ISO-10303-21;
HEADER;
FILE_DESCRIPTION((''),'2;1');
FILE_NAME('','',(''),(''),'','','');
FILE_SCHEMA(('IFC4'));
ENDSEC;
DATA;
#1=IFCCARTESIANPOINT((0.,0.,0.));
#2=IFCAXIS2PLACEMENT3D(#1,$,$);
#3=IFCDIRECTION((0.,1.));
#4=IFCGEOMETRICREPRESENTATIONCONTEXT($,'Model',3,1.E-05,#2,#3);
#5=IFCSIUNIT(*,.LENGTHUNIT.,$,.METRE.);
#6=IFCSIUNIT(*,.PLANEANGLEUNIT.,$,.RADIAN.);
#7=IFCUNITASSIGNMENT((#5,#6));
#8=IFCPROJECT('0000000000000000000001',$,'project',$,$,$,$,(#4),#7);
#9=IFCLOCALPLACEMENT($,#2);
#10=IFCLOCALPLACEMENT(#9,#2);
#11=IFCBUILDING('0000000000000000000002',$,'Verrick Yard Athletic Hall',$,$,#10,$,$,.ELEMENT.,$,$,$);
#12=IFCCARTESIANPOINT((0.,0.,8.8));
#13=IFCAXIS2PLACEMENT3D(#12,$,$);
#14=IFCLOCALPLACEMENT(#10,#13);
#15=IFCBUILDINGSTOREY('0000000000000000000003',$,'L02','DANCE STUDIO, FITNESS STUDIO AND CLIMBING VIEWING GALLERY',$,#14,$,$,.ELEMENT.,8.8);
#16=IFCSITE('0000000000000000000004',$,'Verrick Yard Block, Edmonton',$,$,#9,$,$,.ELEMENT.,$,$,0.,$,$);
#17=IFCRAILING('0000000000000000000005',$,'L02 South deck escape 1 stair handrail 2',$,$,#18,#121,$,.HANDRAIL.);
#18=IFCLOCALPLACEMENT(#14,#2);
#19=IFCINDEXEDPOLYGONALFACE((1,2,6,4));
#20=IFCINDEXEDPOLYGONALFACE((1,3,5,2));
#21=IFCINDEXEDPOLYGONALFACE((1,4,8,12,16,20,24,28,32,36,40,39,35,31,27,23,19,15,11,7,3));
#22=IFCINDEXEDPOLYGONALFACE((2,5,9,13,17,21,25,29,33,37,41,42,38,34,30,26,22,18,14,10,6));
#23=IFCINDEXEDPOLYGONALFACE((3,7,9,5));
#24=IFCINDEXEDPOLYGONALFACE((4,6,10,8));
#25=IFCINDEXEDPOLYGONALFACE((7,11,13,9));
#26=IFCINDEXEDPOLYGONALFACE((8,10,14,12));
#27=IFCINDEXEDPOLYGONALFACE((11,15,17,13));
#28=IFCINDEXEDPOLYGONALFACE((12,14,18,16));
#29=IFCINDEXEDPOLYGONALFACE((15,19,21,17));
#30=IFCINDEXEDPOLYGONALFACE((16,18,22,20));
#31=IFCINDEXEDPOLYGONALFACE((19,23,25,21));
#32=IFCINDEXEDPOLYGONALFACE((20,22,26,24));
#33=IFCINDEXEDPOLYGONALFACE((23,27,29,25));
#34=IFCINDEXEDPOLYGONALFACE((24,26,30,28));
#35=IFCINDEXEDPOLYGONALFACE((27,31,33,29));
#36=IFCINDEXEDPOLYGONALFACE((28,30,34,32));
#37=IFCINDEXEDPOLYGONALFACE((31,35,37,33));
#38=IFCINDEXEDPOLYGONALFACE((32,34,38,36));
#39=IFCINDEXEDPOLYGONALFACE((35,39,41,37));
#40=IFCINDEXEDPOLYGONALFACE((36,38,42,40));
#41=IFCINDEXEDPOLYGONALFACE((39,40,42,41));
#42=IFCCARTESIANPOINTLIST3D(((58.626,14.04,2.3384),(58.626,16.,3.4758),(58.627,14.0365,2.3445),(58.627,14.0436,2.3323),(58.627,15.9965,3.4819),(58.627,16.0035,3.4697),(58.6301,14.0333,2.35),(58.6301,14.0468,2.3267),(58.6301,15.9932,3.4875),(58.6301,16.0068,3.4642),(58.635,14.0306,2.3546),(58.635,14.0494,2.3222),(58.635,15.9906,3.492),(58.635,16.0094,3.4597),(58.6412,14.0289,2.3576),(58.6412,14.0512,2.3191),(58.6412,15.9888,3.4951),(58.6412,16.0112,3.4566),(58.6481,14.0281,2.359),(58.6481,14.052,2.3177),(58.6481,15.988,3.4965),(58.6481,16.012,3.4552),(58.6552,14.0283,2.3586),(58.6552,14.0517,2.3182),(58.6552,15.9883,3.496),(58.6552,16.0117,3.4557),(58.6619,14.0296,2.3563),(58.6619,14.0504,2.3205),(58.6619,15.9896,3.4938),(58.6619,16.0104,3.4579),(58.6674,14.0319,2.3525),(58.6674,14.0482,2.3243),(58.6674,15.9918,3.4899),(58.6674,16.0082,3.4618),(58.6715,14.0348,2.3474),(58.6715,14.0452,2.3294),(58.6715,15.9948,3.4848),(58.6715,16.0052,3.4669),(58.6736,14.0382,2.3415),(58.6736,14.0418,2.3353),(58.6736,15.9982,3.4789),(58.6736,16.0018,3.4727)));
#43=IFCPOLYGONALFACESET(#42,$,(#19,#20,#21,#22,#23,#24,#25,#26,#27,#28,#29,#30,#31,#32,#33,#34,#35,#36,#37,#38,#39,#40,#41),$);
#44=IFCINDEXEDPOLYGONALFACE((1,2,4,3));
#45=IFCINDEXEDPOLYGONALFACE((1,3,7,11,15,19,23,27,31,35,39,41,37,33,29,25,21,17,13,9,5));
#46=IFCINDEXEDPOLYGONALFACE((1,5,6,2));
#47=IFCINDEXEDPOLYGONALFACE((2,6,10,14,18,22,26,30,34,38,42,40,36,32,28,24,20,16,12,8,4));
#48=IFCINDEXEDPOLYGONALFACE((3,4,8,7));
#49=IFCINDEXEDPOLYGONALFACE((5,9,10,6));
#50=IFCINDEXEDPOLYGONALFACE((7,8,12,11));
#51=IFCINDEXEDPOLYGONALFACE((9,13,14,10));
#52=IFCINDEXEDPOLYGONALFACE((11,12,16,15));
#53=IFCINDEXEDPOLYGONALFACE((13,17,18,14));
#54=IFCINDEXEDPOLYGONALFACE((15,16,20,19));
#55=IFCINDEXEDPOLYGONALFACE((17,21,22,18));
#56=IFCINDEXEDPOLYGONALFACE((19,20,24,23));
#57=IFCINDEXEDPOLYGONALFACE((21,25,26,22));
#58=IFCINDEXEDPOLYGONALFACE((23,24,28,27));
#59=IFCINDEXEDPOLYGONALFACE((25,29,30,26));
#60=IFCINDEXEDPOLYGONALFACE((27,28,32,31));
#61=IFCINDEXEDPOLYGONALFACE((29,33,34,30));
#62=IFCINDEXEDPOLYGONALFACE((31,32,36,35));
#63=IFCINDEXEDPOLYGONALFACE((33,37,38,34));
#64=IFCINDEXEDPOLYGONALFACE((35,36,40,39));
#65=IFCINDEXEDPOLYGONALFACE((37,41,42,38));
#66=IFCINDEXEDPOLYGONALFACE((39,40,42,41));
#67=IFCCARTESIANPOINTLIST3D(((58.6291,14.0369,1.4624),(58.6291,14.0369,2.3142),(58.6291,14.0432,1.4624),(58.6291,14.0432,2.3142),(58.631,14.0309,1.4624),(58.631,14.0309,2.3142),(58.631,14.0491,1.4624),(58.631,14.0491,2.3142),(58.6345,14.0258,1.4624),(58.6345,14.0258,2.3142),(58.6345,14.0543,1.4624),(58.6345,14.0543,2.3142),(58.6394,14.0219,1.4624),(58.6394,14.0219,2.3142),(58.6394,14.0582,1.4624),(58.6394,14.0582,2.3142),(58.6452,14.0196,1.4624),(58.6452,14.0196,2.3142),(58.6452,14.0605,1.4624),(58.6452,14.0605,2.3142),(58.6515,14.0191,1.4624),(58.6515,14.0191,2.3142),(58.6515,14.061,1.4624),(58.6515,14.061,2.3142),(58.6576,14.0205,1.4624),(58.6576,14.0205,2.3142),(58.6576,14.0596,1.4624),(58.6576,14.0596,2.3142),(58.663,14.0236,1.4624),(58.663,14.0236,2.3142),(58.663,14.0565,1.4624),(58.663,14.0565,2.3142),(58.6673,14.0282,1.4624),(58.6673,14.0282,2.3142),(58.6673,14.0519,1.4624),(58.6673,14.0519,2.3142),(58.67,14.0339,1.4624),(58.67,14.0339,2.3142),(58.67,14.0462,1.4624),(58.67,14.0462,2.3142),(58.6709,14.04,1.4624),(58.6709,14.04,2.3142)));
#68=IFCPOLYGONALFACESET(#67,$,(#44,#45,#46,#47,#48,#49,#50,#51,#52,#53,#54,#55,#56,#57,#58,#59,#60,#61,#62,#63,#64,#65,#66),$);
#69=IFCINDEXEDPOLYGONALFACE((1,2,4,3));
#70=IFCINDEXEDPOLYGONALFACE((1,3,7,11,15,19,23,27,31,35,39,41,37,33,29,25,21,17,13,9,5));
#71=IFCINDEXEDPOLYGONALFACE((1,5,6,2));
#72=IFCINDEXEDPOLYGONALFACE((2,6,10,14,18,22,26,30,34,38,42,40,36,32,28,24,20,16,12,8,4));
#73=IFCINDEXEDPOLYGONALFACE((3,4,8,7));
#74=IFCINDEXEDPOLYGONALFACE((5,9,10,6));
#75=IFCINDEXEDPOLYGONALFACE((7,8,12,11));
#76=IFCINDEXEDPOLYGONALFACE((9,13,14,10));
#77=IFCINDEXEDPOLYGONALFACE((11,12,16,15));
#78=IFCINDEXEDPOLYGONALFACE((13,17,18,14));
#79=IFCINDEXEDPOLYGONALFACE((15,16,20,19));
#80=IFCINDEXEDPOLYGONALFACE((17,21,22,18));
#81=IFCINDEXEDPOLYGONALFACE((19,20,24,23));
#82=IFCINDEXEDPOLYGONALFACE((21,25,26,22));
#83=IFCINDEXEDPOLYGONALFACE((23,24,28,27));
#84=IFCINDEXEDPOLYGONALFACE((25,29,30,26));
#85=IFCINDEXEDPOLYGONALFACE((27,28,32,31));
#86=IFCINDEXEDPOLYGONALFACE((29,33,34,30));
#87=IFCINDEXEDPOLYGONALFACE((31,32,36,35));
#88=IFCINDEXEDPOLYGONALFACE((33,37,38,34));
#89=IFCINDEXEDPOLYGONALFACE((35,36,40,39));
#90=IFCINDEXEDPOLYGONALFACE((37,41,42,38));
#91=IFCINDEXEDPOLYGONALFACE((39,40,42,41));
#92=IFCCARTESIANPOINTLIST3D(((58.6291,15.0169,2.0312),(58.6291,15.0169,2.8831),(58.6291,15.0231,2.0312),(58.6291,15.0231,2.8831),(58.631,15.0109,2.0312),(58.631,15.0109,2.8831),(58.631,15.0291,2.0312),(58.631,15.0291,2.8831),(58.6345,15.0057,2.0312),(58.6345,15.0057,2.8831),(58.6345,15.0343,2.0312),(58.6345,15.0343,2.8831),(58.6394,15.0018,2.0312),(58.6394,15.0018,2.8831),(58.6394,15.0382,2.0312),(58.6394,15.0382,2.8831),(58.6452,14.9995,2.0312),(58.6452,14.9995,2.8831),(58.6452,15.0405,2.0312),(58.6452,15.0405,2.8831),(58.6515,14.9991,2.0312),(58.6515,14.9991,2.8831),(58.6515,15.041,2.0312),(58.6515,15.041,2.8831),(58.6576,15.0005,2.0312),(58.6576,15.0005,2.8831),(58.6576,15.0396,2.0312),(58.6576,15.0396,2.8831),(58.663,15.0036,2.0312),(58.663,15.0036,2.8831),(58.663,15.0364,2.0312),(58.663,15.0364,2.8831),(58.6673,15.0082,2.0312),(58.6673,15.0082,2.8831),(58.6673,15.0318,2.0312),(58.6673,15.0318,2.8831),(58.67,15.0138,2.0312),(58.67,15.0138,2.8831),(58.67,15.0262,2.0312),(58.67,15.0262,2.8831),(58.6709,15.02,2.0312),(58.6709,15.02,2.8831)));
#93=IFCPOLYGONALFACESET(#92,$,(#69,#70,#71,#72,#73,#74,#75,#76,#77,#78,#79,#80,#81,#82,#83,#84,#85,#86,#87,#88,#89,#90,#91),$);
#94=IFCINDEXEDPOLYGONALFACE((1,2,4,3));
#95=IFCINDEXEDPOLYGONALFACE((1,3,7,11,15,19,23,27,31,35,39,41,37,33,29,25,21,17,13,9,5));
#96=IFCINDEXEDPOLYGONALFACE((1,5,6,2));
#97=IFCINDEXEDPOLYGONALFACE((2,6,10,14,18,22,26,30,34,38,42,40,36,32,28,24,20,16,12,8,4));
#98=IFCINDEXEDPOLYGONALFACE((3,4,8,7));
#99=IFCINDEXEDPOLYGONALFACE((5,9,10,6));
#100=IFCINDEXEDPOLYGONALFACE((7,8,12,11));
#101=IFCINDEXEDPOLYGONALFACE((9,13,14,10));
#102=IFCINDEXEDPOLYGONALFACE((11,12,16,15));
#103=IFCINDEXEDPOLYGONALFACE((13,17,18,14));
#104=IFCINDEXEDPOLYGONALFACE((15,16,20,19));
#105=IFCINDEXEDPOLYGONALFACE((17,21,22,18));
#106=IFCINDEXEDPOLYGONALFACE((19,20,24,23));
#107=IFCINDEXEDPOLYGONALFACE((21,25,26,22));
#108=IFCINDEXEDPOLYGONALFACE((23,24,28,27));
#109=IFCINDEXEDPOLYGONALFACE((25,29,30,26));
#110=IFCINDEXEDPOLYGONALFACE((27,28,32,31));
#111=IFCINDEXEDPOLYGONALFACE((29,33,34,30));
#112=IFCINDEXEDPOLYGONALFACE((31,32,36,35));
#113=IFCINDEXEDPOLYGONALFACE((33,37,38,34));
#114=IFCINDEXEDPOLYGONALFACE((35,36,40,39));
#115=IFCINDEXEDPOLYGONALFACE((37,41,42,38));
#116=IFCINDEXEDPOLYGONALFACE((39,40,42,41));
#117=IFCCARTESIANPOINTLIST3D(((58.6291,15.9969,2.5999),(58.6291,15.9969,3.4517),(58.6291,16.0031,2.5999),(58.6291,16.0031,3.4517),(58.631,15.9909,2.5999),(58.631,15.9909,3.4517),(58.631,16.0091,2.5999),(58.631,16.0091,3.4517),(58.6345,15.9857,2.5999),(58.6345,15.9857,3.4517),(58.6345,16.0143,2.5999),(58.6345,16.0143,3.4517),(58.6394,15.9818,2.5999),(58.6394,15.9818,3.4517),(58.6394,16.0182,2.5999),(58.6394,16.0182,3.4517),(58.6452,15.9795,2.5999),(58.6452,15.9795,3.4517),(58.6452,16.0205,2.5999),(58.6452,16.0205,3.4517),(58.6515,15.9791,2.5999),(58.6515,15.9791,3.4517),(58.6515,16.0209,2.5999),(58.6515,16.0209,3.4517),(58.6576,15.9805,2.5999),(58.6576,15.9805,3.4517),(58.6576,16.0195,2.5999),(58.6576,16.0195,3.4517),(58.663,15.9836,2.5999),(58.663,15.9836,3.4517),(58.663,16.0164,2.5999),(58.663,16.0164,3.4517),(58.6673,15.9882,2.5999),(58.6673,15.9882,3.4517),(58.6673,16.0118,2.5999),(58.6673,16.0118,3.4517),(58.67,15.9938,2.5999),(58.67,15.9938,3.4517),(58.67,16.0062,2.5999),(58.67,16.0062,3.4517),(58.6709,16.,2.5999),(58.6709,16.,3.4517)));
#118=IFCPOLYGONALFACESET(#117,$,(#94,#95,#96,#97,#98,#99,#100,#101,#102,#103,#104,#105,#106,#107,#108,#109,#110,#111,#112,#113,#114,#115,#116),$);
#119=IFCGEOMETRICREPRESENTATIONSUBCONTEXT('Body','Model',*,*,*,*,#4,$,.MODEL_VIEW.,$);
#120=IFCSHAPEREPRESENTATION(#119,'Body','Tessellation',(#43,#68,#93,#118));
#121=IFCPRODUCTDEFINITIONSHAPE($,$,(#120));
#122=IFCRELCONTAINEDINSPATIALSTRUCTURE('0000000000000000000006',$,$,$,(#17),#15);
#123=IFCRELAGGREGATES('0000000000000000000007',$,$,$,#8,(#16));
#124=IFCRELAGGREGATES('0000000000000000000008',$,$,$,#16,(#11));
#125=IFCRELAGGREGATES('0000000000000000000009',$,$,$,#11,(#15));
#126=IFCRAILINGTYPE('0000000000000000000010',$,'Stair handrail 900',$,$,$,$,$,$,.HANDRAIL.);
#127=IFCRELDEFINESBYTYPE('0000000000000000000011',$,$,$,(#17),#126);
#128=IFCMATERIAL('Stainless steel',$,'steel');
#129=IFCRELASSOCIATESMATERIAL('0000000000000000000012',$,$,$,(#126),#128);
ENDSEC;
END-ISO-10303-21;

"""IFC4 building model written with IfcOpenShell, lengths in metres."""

from ifc_helpers import new_model, si_unit, direction, frame, origin, origin_2d, place, context, subcontext, project, spatial, circle, extrude, material, type_object, element, save


model = new_model("IFC4")

# Units and contexts
model_context = context("Model", 3, precision=1e-05, world=origin(), true_north=direction((0.0, 1.0)))
body_context = subcontext(model_context, "Body", "Model", "MODEL_VIEW")
ifc_project = project(units=[si_unit("LENGTHUNIT", "METRE"), si_unit("PLANEANGLEUNIT", "RADIAN")], contexts=[model_context])

# Site, building, storey
site_placement = place(None, origin())
site = spatial("IfcSite", under=ifc_project, at=site_placement, Name="Verrick Yard Block, Edmonton", CompositionType="ELEMENT", RefElevation=0.0)
building_placement = place(site_placement, origin())
building = spatial("IfcBuilding", under=site, at=building_placement, Name="Verrick Yard Athletic Hall", CompositionType="ELEMENT")
storey_placement = place(building_placement, frame((0.0, 0.0, 8.8)))
storey = spatial("IfcBuildingStorey", under=building, at=storey_placement, Name="L02", Description="DANCE STUDIO, FITNESS STUDIO AND CLIMBING VIEWING GALLERY", CompositionType="ELEMENT", Elevation=8.8)

# Railing
ifc_material_1 = material(Name="Stainless steel", Category="steel")
railing_type_1 = type_object("IfcRailingType", Name="Stair handrail 900", PredefinedType="HANDRAIL", material=ifc_material_1)
railing_1_placement = place(storey_placement, frame((58.6499, 14.04, 1.4624)))
element("IfcRailing", 1, at=railing_1_placement, inside=storey, type_object=railing_type_1, Name="L02 South deck escape 1 stair handrail 2", PredefinedType="HANDRAIL", context=body_context, shape_type="SweptSolid", body=[
    extrude(circle(Radius=0.0239, at=origin_2d()), frame((0.0, 0.0, 0.876), z_axis=(0.0, 0.864902, 0.501941), x_axis=(-1.0, 0.0, 0.0)), (0.0, 0.0, 1.0), 2.2661),
    extrude(circle(Radius=0.021, at=origin_2d()), origin(), (0.0, 0.0, 1.0), 0.8518),
    extrude(circle(Radius=0.021, at=origin_2d()), frame((0.0, 0.98, 0.5688)), (0.0, 0.0, 1.0), 0.8518),
    extrude(circle(Radius=0.021, at=origin_2d()), frame((0.0, 1.96, 1.1375)), (0.0, 0.0, 1.0), 0.8518),
])

save(model, "model.ifc")
